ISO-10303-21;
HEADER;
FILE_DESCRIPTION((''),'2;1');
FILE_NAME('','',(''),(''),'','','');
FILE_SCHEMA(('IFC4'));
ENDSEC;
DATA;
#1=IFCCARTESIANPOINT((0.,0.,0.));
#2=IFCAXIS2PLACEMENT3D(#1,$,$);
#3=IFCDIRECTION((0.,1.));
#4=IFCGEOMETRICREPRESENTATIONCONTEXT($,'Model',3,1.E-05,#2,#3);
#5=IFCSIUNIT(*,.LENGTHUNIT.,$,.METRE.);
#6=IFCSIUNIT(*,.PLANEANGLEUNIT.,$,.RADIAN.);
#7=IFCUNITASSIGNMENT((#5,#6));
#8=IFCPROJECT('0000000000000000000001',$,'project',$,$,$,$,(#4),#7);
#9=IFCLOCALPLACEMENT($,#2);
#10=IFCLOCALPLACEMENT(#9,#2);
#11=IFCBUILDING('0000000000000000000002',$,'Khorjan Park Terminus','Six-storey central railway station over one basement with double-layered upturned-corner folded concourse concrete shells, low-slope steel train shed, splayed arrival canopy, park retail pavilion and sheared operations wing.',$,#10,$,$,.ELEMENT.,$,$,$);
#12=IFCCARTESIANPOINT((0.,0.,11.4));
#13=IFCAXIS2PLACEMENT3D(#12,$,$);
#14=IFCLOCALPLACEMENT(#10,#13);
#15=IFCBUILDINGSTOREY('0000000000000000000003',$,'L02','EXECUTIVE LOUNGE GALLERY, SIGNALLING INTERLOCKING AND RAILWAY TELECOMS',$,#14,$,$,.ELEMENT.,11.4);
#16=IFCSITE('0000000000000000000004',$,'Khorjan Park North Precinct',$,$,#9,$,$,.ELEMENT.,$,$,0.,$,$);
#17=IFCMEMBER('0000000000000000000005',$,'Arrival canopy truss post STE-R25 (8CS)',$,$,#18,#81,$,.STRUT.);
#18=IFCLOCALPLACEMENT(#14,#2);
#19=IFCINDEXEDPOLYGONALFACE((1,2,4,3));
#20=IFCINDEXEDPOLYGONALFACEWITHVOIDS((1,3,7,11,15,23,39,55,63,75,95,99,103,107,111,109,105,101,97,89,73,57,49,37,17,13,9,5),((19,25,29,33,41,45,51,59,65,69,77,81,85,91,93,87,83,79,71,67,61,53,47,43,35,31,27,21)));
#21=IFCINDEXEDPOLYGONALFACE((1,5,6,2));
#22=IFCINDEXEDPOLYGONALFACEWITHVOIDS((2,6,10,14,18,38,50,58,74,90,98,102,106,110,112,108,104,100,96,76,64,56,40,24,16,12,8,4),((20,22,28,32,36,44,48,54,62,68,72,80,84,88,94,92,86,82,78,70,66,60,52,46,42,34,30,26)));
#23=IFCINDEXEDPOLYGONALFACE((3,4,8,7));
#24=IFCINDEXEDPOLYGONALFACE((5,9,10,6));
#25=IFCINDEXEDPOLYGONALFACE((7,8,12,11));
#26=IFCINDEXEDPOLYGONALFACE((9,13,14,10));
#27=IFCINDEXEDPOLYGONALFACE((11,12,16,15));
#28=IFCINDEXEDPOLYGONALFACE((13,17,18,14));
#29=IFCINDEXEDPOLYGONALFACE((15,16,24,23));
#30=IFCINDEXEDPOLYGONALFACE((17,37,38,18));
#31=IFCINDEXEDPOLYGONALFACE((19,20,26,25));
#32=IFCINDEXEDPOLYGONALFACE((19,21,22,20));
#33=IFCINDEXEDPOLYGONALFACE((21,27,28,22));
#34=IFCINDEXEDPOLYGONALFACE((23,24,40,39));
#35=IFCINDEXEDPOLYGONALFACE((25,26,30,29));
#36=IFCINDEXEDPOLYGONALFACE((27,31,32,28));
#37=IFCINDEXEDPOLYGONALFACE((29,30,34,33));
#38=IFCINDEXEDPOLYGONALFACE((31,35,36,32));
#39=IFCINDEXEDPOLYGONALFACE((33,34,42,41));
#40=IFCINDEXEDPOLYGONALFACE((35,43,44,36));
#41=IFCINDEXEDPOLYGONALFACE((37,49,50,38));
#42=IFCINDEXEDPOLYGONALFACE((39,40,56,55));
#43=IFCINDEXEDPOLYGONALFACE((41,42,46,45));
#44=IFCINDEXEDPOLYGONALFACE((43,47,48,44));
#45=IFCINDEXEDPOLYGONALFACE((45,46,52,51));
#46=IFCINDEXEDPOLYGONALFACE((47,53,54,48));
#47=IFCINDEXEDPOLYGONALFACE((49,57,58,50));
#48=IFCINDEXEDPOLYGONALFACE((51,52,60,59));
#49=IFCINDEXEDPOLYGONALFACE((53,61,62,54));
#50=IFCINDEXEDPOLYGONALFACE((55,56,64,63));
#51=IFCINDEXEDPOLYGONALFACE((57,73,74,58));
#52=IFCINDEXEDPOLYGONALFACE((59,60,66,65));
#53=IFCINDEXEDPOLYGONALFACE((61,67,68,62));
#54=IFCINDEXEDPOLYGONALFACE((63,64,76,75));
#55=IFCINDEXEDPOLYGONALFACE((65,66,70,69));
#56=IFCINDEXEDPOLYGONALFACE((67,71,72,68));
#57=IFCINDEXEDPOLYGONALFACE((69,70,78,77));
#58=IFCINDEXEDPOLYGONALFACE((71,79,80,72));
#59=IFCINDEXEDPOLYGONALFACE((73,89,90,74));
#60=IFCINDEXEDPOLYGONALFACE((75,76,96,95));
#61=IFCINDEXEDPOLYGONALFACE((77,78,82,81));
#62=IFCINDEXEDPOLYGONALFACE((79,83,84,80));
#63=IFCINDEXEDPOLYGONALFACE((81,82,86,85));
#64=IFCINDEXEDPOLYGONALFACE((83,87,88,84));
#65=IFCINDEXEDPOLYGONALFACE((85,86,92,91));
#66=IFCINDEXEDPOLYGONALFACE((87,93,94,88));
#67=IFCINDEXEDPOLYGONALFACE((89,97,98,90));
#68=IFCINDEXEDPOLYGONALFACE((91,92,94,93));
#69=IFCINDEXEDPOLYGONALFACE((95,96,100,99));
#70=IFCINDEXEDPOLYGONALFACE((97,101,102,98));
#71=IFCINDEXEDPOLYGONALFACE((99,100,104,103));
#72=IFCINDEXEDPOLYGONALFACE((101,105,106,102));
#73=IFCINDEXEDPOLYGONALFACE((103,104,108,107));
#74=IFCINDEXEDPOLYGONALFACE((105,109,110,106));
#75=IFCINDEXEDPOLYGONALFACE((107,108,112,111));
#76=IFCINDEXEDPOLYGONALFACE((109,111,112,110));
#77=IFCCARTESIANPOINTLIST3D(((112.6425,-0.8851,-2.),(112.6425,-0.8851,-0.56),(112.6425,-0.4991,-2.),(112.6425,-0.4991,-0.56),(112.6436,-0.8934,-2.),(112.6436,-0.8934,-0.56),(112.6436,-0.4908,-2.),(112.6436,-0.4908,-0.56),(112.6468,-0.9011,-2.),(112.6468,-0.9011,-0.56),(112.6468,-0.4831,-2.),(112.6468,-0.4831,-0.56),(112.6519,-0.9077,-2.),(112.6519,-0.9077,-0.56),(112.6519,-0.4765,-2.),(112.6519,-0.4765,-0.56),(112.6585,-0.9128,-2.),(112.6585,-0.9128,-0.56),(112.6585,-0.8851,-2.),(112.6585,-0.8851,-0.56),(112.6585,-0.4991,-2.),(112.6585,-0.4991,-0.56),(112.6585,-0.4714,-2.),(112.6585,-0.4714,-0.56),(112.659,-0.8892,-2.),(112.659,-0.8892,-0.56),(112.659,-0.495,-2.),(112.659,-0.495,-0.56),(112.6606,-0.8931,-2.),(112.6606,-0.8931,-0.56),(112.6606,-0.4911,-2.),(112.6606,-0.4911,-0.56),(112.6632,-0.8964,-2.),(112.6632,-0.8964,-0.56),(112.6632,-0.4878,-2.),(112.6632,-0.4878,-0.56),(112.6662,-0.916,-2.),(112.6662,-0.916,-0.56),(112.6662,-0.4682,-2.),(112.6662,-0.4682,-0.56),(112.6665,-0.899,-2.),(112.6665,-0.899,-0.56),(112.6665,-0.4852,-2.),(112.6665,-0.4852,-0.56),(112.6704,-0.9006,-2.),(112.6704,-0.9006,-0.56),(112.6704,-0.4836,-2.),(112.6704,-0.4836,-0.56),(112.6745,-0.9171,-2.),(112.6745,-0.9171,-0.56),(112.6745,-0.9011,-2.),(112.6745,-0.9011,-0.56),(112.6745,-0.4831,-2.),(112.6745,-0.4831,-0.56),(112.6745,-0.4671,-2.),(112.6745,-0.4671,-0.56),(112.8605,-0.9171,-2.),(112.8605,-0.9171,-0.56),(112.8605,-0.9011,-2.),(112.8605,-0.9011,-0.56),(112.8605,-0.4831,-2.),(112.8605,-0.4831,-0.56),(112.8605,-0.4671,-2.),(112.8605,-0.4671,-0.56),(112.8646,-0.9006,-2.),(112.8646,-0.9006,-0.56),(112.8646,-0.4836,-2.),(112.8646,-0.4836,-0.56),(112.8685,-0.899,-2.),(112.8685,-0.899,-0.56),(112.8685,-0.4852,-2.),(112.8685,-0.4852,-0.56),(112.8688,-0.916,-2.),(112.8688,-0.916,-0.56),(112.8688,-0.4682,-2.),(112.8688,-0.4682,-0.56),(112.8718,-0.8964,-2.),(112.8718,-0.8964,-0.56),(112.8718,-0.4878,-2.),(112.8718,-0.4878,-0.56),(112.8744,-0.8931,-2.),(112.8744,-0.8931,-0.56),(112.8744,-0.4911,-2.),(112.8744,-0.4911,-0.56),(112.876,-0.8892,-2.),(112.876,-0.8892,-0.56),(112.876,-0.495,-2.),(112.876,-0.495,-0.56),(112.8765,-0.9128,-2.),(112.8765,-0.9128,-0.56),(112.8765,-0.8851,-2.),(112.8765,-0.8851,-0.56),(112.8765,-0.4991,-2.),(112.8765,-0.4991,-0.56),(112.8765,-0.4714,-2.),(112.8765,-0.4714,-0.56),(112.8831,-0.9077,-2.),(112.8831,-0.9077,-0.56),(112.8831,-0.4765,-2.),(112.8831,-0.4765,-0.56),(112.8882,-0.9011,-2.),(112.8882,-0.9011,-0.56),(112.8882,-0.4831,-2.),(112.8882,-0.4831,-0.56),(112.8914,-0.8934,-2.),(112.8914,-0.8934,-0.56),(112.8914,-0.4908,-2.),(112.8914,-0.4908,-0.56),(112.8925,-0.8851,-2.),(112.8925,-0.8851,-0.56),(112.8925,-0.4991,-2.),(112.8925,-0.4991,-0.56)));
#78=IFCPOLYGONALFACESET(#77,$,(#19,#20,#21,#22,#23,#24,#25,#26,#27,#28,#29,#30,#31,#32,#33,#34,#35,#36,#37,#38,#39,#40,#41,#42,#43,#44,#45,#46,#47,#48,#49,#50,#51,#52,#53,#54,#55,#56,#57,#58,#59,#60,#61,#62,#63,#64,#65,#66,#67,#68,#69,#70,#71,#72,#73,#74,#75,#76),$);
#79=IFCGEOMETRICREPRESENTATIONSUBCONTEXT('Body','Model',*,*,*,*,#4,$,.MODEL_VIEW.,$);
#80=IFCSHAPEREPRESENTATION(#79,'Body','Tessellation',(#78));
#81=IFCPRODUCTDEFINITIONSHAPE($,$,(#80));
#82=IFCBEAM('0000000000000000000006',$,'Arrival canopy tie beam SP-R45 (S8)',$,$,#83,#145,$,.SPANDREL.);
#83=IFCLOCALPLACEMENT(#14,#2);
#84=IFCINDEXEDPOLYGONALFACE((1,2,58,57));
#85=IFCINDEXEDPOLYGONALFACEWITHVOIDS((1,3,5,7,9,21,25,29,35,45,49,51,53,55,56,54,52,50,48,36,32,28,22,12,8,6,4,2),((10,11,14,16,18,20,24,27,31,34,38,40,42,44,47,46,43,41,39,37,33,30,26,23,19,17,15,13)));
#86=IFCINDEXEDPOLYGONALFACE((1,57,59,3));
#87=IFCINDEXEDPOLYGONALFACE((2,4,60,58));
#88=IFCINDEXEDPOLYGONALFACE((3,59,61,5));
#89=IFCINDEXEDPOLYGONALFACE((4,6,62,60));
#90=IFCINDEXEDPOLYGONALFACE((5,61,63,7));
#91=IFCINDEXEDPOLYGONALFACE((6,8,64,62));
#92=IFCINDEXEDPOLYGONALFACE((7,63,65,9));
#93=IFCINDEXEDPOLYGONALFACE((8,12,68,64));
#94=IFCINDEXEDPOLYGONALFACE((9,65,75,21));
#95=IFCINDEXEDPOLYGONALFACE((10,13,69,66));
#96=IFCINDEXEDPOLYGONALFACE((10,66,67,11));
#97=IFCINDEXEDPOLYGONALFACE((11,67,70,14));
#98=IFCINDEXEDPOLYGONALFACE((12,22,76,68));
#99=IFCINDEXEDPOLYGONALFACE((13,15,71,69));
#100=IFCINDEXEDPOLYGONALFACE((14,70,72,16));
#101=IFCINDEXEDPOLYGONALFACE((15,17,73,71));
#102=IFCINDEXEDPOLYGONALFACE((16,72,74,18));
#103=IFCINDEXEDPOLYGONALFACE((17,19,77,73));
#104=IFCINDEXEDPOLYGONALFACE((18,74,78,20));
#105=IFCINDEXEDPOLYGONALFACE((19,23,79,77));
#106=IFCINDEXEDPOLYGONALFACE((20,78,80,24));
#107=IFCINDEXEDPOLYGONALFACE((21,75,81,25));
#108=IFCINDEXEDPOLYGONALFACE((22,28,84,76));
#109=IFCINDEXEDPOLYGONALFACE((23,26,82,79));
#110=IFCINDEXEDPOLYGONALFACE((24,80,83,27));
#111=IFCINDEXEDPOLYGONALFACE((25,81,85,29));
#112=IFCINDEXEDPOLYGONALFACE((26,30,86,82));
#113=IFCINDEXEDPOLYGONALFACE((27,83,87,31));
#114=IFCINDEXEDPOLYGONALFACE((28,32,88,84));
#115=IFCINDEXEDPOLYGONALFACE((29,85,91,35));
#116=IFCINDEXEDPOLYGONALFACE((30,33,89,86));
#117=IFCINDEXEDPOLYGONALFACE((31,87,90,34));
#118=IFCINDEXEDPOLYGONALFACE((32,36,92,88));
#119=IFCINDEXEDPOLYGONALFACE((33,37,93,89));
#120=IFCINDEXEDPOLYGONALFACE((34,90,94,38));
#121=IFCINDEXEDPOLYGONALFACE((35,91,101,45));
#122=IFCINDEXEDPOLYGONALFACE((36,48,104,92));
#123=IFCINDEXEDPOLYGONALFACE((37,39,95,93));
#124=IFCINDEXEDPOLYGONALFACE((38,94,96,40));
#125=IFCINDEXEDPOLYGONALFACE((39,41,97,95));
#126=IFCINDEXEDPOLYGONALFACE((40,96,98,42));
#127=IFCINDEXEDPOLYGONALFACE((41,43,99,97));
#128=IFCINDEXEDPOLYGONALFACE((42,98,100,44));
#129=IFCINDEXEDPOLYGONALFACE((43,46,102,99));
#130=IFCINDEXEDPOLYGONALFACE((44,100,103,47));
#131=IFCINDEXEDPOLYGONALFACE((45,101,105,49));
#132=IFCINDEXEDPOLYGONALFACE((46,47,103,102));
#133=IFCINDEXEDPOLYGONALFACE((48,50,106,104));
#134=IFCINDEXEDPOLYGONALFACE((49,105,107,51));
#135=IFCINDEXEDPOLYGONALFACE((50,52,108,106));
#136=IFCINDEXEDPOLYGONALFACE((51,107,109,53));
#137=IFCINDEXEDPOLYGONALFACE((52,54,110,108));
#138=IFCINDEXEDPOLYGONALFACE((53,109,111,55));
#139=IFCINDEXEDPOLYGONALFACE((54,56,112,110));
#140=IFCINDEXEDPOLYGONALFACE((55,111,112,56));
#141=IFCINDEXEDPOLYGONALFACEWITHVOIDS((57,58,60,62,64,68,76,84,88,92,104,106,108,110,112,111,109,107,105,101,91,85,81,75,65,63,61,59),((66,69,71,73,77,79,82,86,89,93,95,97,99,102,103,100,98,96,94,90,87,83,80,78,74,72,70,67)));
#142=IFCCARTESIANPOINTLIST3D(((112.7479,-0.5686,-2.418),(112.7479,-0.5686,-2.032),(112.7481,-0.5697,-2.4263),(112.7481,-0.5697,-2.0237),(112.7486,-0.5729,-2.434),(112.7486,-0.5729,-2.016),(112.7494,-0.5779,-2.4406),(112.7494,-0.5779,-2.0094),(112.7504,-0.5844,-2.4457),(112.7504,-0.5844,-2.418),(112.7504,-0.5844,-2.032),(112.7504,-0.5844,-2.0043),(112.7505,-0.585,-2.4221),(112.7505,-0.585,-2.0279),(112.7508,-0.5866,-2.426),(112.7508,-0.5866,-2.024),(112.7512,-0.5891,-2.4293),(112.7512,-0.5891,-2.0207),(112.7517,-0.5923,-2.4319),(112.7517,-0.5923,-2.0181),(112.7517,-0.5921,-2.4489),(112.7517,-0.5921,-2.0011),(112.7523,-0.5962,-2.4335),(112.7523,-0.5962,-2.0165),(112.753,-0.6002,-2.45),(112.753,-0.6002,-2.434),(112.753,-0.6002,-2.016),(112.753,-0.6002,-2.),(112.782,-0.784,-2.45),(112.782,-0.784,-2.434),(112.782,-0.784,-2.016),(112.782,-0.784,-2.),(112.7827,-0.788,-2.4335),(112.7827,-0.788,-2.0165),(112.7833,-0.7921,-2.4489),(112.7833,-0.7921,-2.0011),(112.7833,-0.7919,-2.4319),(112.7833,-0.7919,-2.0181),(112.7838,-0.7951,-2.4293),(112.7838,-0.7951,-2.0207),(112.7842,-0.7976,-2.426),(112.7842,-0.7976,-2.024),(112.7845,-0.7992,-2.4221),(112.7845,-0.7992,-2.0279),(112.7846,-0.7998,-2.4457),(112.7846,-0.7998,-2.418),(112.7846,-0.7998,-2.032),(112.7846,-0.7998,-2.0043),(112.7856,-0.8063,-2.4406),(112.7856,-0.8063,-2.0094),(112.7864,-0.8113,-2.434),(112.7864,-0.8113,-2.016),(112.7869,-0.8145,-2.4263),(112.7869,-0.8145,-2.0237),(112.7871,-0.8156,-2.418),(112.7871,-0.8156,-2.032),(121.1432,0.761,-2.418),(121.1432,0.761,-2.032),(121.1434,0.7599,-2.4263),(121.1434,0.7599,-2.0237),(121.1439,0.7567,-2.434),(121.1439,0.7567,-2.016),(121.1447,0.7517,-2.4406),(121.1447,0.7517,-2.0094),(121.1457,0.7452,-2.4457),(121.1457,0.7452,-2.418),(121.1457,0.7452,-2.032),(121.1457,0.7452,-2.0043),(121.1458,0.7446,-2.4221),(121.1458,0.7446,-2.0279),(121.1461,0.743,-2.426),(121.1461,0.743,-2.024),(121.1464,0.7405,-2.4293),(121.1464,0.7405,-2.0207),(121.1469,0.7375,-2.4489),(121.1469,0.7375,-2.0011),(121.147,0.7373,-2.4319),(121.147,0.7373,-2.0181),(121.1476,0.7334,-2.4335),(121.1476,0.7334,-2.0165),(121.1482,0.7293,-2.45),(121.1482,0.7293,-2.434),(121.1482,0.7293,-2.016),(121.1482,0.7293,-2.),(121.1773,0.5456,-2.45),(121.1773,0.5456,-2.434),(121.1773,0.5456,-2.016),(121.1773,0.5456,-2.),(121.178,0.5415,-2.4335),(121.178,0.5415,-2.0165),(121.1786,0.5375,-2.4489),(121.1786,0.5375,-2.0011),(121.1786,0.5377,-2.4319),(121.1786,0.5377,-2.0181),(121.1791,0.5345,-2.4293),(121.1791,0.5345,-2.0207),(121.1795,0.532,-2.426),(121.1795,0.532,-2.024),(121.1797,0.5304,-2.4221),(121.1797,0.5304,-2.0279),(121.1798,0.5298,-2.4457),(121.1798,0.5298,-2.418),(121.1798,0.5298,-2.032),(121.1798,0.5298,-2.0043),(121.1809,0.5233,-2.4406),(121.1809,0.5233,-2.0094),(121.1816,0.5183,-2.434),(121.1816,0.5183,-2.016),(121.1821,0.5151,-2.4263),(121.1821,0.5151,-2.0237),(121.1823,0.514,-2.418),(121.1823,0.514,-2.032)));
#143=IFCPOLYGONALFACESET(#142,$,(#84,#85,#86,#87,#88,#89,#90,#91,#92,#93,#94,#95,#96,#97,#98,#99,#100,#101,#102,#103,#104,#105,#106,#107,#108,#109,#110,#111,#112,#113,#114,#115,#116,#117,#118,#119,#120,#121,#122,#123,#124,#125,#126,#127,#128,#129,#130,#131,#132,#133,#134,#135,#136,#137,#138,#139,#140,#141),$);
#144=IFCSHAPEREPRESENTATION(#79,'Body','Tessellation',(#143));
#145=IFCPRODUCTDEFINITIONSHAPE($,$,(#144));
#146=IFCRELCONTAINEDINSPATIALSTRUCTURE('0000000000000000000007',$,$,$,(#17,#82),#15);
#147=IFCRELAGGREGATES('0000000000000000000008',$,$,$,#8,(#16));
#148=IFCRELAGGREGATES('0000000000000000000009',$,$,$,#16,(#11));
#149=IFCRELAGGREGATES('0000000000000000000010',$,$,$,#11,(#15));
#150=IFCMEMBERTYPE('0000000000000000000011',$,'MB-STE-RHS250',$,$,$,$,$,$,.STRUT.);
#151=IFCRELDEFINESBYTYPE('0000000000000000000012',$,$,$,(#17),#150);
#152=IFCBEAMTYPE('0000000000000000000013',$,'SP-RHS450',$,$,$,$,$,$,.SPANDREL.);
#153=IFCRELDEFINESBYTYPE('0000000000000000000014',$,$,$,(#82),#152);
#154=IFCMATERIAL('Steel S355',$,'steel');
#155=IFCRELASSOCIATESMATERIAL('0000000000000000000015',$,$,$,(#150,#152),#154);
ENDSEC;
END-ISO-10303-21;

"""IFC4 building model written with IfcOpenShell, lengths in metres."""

from ifc_helpers import new_model, si_unit, direction, frame, origin, origin_2d, place, context, subcontext, project, spatial, hollow_rectangle, extrude, material, material_profile, profile_set, type_object, element, save


model = new_model("IFC4")

# Units and contexts
model_context = context("Model", 3, precision=1e-05, world=origin(), true_north=direction((0.0, 1.0)))
body_context = subcontext(model_context, "Body", "Model", "MODEL_VIEW")
ifc_project = project(units=[si_unit("LENGTHUNIT", "METRE"), si_unit("PLANEANGLEUNIT", "RADIAN")], contexts=[model_context])

# Site, building, storey
site_placement = place(None, origin())
site = spatial("IfcSite", under=ifc_project, at=site_placement, Name="Khorjan Park North Precinct", CompositionType="ELEMENT", RefElevation=0.0)
building_placement = place(site_placement, origin())
building = spatial("IfcBuilding", under=site, at=building_placement, Name="Khorjan Park Terminus", Description="Six-storey central railway station over one basement with double-layered upturned-corner folded concourse concrete shells, low-slope steel train shed, splayed arrival canopy, park retail pavilion and sheared operations wing.", CompositionType="ELEMENT")
storey_placement = place(building_placement, frame((0.0, 0.0, 11.4)))
storey = spatial("IfcBuildingStorey", under=building, at=storey_placement, Name="L02", Description="EXECUTIVE LOUNGE GALLERY, SIGNALLING INTERLOCKING AND RAILWAY TELECOMS", CompositionType="ELEMENT", Elevation=11.4)

# Member
ifc_material = material(Name="Steel S355", Category="steel")
ifc_material_profile_1 = material_profile(ifc_material, hollow_rectangle(XDim=0.25, YDim=0.45, WallThickness=0.016, InnerFilletRadius=0.016, OuterFilletRadius=0.032, at=origin_2d()), Name="RHS 450x250x16")
ifc_profile_set_1 = profile_set([ifc_material_profile_1], Name="Steel S355")
member_type_1 = type_object("IfcMemberType", Name="MB-STE-RHS250", PredefinedType="STRUT", material=ifc_profile_set_1)
member_1_placement = place(storey_placement, frame((112.7675, -0.6921, -2.0), z_axis=(0.0, 0.0, 1.0), x_axis=(1.0, 0.0, 0.0)))
element("IfcMember", 1, at=member_1_placement, inside=storey, type_object=member_type_1, Name="Arrival canopy truss post STE-R25 (8CS)", PredefinedType="STRUT", context=body_context, shape_type="SweptSolid", body=[
    extrude(hollow_rectangle(XDim=0.25, YDim=0.45, WallThickness=0.016, InnerFilletRadius=0.016, OuterFilletRadius=0.032, at=origin_2d()), origin(), (0.0, 0.0, 1.0), 1.44),
])

# Beam
ifc_material_profile_2 = material_profile(ifc_material, hollow_rectangle(XDim=0.25, YDim=0.45, WallThickness=0.016, InnerFilletRadius=0.016, OuterFilletRadius=0.032, at=origin_2d()), Name="RHS 450x250x16")
ifc_profile_set_2 = profile_set([ifc_material_profile_2], Name="Steel S355")
beam_type_1 = type_object("IfcBeamType", Name="SP-RHS450", PredefinedType="SPANDREL", material=ifc_profile_set_2)
beam_1_placement = place(storey_placement, frame((112.7675, -0.6921, -2.225), z_axis=(0.98769, 0.156425, 0.0), x_axis=(-0.156425, 0.98769, 0.0)))
element("IfcBeam", 2, at=beam_1_placement, inside=storey, type_object=beam_type_1, Name="Arrival canopy tie beam SP-R45 (S8)", PredefinedType="SPANDREL", context=body_context, shape_type="SweptSolid", body=[
    extrude(hollow_rectangle(XDim=0.25, YDim=0.45, WallThickness=0.016, InnerFilletRadius=0.016, OuterFilletRadius=0.032, at=origin_2d()), origin(), (0.0, 0.0, 1.0), 8.4999),
])

save(model, "model.ifc")
